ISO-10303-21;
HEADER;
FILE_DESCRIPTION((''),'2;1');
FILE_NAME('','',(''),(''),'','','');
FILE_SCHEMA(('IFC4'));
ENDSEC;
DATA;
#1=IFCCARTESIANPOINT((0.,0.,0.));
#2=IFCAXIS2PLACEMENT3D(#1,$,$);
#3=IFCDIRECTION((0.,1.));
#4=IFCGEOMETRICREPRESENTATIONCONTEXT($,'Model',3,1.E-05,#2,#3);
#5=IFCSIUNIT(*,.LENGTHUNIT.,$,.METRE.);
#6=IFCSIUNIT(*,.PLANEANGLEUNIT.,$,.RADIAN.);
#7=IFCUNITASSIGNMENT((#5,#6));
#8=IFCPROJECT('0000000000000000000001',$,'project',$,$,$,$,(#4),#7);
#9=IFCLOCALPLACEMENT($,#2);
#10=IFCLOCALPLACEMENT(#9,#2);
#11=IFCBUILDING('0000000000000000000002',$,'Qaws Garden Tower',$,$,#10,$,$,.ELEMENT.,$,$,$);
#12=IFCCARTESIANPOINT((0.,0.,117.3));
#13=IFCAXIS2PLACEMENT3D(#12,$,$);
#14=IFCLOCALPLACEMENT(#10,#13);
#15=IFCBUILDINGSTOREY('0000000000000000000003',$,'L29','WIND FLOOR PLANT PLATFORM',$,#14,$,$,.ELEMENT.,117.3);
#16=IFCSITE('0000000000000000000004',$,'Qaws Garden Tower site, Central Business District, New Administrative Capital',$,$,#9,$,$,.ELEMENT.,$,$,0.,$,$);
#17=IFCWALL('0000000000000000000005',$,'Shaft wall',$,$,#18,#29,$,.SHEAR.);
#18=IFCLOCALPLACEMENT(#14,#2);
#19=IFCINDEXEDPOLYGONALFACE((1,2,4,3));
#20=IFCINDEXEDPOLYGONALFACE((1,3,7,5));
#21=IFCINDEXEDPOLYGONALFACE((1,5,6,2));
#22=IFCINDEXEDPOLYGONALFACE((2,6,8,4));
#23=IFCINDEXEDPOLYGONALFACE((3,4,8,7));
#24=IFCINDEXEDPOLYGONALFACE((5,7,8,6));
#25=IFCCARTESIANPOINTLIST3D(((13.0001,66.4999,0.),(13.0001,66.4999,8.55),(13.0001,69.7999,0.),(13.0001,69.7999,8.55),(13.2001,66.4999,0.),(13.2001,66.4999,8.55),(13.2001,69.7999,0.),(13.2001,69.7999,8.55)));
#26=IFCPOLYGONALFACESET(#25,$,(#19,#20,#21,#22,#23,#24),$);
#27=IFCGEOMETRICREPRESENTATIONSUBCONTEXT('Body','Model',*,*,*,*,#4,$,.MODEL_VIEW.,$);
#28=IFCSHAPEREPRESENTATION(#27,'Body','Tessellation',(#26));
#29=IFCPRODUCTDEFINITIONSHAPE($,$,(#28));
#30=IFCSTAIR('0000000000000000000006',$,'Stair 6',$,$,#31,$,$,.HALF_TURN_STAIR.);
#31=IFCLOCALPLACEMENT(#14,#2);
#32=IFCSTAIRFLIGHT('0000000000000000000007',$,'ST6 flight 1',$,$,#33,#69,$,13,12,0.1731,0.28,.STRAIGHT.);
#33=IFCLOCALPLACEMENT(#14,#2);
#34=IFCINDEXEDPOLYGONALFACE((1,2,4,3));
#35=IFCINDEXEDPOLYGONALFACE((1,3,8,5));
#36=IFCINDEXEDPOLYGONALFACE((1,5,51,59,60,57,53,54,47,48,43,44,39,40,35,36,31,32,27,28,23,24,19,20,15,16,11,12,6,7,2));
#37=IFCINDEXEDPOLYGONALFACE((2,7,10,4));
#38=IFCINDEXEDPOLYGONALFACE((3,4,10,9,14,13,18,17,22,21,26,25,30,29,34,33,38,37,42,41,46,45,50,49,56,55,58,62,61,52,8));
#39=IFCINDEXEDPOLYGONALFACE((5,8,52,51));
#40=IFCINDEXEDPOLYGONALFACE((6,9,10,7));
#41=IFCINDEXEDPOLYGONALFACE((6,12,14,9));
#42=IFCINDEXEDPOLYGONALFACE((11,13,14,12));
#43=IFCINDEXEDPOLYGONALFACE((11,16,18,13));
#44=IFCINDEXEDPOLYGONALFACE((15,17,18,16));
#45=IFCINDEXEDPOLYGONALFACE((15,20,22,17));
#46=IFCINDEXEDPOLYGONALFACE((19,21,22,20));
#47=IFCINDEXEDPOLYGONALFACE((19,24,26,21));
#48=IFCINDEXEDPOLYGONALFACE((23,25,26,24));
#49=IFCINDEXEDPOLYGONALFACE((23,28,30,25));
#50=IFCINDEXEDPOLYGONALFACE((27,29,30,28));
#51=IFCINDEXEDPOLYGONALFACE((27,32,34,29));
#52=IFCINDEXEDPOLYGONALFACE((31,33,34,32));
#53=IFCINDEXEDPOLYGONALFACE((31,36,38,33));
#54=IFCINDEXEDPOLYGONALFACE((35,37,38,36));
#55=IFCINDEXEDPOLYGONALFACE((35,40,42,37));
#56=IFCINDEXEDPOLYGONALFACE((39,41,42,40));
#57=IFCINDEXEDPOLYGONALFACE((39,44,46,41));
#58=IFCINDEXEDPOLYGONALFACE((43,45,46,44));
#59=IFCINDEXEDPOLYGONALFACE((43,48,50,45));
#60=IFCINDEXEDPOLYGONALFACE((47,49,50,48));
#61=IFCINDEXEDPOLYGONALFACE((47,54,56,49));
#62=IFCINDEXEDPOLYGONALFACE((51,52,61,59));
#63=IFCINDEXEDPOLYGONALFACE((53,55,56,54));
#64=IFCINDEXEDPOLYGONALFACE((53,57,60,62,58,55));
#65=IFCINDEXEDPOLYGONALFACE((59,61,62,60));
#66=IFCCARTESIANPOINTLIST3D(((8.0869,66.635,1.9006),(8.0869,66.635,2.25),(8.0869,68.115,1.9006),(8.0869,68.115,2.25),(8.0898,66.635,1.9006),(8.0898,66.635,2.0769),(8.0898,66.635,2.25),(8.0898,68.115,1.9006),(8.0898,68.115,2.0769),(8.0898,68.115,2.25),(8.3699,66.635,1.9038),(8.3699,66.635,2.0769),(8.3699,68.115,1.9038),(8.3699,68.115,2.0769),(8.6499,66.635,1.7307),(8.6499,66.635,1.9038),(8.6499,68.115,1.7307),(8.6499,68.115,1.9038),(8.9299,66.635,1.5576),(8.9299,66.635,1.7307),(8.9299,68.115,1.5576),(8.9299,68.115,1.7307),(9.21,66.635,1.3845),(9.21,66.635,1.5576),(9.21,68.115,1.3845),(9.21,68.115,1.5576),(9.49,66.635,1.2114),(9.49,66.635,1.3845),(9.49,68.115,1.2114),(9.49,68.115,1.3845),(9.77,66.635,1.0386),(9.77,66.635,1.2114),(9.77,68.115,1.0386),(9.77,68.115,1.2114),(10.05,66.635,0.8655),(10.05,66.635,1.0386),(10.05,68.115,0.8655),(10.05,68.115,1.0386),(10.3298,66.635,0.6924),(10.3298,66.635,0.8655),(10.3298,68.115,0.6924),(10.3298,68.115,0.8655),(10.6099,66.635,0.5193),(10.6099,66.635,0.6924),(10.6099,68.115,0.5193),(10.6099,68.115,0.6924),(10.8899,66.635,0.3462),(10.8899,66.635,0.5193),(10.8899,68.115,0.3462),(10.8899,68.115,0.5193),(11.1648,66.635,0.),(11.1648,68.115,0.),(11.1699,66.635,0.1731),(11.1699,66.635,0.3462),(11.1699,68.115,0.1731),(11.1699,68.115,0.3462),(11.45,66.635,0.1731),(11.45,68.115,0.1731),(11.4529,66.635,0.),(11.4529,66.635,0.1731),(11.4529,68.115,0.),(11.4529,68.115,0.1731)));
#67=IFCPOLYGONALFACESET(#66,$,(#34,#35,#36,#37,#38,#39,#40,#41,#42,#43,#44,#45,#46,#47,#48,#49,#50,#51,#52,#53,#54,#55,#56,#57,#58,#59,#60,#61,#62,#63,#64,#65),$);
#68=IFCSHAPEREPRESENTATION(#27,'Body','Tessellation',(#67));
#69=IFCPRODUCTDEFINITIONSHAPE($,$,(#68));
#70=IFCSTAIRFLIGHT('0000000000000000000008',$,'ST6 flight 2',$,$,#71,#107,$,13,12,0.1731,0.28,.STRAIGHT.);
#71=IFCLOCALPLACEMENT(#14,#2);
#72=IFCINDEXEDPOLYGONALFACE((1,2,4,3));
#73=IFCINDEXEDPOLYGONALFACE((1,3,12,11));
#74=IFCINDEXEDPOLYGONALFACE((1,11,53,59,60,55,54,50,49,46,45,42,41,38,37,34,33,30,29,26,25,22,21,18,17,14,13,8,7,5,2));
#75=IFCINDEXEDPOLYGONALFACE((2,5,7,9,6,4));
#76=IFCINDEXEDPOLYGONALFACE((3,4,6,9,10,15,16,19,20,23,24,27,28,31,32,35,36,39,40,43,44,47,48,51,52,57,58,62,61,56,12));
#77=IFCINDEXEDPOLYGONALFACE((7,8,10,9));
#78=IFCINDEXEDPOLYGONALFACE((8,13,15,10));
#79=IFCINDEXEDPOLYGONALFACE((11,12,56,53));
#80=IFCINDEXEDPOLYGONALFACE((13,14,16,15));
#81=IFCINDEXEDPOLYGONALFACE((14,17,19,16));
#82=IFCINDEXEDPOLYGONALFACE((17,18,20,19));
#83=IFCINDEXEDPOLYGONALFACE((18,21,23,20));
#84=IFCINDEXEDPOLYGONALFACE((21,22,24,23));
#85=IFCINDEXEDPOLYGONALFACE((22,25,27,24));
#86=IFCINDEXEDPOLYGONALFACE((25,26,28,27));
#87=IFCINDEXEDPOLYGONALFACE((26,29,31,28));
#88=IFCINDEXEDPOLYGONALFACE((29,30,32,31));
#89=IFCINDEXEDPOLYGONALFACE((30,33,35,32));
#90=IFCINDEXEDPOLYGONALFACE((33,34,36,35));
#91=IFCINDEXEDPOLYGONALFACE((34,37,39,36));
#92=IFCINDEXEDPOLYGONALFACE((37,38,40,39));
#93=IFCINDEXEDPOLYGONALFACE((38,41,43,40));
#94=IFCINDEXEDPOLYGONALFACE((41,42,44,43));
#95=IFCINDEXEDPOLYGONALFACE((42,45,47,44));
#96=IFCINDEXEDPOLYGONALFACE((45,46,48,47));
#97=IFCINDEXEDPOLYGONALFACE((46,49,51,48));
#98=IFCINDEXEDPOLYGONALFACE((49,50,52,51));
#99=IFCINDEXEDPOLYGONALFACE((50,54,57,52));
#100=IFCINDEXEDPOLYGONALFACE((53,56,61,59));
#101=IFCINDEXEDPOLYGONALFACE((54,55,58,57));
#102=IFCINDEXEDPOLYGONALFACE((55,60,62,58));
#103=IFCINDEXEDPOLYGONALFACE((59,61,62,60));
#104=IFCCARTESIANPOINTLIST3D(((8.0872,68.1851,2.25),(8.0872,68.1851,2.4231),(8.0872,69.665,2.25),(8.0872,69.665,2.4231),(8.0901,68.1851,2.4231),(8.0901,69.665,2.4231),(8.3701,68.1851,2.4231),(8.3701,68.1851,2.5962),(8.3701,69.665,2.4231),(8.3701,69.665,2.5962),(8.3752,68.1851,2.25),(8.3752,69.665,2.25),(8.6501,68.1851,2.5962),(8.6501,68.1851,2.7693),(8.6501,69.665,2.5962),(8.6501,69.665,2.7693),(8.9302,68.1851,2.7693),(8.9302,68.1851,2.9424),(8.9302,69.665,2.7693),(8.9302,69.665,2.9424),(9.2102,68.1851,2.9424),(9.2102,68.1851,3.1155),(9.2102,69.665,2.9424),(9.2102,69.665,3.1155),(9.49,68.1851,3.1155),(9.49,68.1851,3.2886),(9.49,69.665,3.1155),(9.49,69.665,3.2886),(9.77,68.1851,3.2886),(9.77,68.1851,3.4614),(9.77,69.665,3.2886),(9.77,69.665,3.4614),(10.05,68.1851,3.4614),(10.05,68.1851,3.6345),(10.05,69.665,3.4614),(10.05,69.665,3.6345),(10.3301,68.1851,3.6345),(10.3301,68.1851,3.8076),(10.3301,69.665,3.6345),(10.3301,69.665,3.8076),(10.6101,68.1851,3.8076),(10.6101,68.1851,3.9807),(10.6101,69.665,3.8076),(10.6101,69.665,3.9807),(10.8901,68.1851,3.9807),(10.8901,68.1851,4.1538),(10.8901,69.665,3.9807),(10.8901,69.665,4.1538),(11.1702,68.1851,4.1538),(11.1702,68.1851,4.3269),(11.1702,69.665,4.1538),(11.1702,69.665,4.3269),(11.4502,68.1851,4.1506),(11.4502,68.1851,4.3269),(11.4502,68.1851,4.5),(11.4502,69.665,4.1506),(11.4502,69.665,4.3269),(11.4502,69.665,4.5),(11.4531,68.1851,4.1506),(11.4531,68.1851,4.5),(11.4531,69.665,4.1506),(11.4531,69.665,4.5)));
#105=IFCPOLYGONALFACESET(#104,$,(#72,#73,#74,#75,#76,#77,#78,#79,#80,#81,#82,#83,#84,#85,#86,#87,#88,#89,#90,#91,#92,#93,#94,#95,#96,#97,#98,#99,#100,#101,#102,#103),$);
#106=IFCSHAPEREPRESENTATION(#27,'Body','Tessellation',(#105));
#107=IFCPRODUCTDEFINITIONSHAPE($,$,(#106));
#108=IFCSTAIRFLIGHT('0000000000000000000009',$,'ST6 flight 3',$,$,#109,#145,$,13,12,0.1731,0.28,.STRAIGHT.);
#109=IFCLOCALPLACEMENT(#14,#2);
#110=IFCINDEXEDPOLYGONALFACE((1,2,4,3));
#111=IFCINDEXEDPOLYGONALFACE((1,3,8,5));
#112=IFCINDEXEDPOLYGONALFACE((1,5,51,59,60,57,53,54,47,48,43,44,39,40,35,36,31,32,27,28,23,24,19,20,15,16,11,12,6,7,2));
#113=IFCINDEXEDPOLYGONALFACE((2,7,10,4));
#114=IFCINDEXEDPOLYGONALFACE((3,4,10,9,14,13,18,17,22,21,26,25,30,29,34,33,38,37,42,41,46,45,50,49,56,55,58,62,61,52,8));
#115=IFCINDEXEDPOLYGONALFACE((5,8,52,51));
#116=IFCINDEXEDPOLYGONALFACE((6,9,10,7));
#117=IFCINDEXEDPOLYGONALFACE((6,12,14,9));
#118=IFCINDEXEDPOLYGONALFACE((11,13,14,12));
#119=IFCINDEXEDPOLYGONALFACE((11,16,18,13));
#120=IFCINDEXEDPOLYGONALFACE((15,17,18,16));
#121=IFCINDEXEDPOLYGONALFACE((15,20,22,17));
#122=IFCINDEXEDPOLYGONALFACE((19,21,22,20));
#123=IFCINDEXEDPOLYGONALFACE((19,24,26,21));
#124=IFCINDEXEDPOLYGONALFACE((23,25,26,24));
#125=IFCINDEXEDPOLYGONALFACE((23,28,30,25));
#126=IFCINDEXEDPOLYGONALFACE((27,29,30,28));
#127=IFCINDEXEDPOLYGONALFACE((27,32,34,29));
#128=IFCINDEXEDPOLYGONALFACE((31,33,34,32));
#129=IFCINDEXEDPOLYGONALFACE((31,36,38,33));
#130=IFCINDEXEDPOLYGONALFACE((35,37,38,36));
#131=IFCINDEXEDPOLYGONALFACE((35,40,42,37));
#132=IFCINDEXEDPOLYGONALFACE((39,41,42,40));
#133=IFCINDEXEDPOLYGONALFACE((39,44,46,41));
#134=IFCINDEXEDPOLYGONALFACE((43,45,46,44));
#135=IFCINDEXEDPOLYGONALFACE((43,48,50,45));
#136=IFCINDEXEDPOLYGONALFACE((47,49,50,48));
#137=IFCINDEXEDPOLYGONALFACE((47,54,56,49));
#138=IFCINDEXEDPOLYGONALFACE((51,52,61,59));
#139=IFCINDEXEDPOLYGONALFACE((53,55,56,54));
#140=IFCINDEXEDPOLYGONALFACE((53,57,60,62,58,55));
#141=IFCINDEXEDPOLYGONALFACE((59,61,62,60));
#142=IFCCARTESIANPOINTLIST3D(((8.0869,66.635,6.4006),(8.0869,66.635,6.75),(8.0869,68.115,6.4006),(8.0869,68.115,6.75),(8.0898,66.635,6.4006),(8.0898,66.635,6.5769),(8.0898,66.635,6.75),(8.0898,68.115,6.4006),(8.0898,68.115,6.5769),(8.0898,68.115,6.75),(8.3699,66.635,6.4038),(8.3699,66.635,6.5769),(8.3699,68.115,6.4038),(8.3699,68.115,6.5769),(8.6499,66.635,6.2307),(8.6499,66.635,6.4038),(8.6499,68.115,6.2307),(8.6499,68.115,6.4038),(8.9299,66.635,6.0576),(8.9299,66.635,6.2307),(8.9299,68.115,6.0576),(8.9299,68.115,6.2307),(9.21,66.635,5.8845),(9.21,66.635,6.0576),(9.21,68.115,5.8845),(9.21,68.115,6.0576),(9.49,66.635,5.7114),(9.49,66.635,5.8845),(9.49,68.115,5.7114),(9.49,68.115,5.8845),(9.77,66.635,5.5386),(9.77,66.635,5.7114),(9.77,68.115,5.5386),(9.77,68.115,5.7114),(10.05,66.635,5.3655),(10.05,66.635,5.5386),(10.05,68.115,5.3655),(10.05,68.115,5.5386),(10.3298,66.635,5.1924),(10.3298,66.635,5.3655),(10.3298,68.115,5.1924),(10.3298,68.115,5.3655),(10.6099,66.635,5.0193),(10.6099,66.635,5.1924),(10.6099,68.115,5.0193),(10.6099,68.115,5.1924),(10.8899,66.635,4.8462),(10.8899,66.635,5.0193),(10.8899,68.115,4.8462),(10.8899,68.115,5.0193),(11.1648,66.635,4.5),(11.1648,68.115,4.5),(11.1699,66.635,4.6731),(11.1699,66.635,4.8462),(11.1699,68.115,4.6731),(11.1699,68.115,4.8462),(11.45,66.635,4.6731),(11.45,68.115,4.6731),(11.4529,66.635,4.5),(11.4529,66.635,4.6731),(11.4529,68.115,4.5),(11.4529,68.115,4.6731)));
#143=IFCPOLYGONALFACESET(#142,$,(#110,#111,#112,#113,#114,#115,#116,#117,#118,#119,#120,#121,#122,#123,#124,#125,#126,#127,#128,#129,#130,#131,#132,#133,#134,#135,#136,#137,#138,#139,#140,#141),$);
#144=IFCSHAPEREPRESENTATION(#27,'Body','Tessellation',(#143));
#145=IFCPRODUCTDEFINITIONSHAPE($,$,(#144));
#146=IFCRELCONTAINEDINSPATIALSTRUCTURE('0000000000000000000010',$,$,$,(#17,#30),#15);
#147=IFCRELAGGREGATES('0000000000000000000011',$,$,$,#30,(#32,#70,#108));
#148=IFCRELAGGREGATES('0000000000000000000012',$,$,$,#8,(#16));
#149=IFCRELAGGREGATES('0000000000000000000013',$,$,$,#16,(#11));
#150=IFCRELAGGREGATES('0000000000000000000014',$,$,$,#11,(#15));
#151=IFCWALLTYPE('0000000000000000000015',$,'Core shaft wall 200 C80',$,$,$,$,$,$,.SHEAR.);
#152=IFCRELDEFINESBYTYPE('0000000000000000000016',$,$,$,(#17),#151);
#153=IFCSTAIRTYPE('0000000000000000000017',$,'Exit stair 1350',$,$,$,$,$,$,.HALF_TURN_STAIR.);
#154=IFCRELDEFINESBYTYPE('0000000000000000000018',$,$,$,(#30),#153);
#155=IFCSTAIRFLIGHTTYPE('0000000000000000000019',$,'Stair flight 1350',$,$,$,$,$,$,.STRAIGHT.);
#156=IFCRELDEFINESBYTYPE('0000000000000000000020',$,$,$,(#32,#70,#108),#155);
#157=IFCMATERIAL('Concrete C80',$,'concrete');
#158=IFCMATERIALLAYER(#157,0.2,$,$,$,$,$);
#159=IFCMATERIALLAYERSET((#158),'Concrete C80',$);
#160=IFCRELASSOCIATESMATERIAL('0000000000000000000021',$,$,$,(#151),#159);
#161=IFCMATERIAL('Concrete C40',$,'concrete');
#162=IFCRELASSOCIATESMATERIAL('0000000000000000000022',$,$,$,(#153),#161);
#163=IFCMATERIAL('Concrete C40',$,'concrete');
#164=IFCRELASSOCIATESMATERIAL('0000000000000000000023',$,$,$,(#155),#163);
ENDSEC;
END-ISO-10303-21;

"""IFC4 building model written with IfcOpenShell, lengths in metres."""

from ifc_helpers import new_model, si_unit, direction, frame, frame_2d, origin, place, context, subcontext, project, spatial, polyline, rectangle, outline, extrude, material, layer, layer_set, type_object, element, aggregate, save


model = new_model("IFC4")

# Units and contexts
model_context = context("Model", 3, precision=1e-05, world=origin(), true_north=direction((0.0, 1.0)))
body_context = subcontext(model_context, "Body", "Model", "MODEL_VIEW")
ifc_project = project(units=[si_unit("LENGTHUNIT", "METRE"), si_unit("PLANEANGLEUNIT", "RADIAN")], contexts=[model_context])

# Site, building, storey
site_placement = place(None, origin())
site = spatial("IfcSite", under=ifc_project, at=site_placement, Name="Qaws Garden Tower site, Central Business District, New Administrative Capital", CompositionType="ELEMENT", RefElevation=0.0)
building_placement = place(site_placement, origin())
building = spatial("IfcBuilding", under=site, at=building_placement, Name="Qaws Garden Tower", CompositionType="ELEMENT")
storey_placement = place(building_placement, frame((0.0, 0.0, 117.3)))
storey = spatial("IfcBuildingStorey", under=building, at=storey_placement, Name="L29", Description="WIND FLOOR PLANT PLATFORM", CompositionType="ELEMENT", Elevation=117.3)

# Wall
ifc_material_1 = material(Name="Concrete C80", Category="concrete")
ifc_layer = layer(ifc_material_1, 0.2)
ifc_layer_set = layer_set([ifc_layer], Name="Concrete C80")
wall_type = type_object("IfcWallType", Name="Core shaft wall 200 C80", PredefinedType="SHEAR", material=ifc_layer_set)
wall_1_placement = place(storey_placement, frame((13.1001, 66.5, 0.0), z_axis=(0.0, 0.0, 1.0), x_axis=(0.0, 1.0, 0.0)))
element("IfcWall", 1, at=wall_1_placement, inside=storey, type_object=wall_type, Name="Shaft wall", PredefinedType="SHEAR", context=body_context, shape_type="SweptSolid", body=[
    extrude(rectangle(XDim=3.3, YDim=0.2, at=frame_2d((1.6499, 0.0))), origin(), (0.0, 0.0, 1.0), 8.55),
])

# Stair, stair flights
ifc_material_2 = material(Name="Concrete C40", Category="concrete")
stair_type = type_object("IfcStairType", Name="Exit stair 1350", PredefinedType="HALF_TURN_STAIR", material=ifc_material_2)
placement_1 = place(storey_placement, origin())
stair_1 = element("IfcStair", 2, at=placement_1, inside=storey, type_object=stair_type, Name="Stair 6", PredefinedType="HALF_TURN_STAIR")
ifc_material_3 = material(Name="Concrete C40", Category="concrete")
stair_flight_type = type_object("IfcStairFlightType", Name="Stair flight 1350", PredefinedType="STRAIGHT", material=ifc_material_3)
stair_flight_1_placement = place(storey_placement, frame((11.45, 67.375, 0.0), z_axis=(0.0, 0.0, 1.0), x_axis=(-1.0, 0.0, 0.0)))
stair_flight_1 = element("IfcStairFlight", 3, at=stair_flight_1_placement, type_object=stair_flight_type, Name="ST6 flight 1", NumberOfRisers=13, NumberOfTreads=12, PredefinedType="STRAIGHT", RiserHeight=0.1731, TreadLength=0.28, context=body_context, shape_type="SweptSolid", body=[
    extrude(outline(polyline([(-0.0029, 0.0), (-0.0029, 0.1731), (0.0, 0.1731), (0.28, 0.1731), (0.28, 0.3462), (0.5601, 0.3462), (0.5601, 0.5193), (0.8401, 0.5193), (0.8401, 0.6924), (1.1201, 0.6924), (1.1201, 0.8655), (1.3999, 0.8655), (1.3999, 1.0386), (1.6799, 1.0386), (1.6799, 1.2114), (1.96, 1.2114), (1.96, 1.3845), (2.24, 1.3845), (2.24, 1.5576), (2.52, 1.5576), (2.52, 1.7307), (2.8, 1.7307), (2.8, 1.9038), (3.0801, 1.9038), (3.0801, 2.0769), (3.3601, 2.0769), (3.3601, 2.25), (3.363, 2.25), (3.363, 1.9006), (3.3601, 1.9006), (0.2852, 0.0), (-0.0029, 0.0)])), frame((0.0, 0.74, 0.0), z_axis=(0.0, -1.0, 0.0), x_axis=(1.0, 0.0, 0.0)), (0.0, 0.0, 1.0), 1.48),
])
stair_flight_2_placement = place(storey_placement, frame((8.0901, 68.925, 2.25), z_axis=(0.0, 0.0, 1.0), x_axis=(1.0, 0.0, 0.0)))
stair_flight_2 = element("IfcStairFlight", 4, at=stair_flight_2_placement, type_object=stair_flight_type, Name="ST6 flight 2", NumberOfRisers=13, NumberOfTreads=12, PredefinedType="STRAIGHT", RiserHeight=0.1731, TreadLength=0.28, context=body_context, shape_type="SweptSolid", body=[
    extrude(outline(polyline([(-0.0029, 0.0), (-0.0029, 0.1731), (0.0, 0.1731), (0.28, 0.1731), (0.28, 0.3462), (0.5601, 0.3462), (0.5601, 0.5193), (0.8401, 0.5193), (0.8401, 0.6924), (1.1201, 0.6924), (1.1201, 0.8655), (1.3999, 0.8655), (1.3999, 1.0386), (1.6799, 1.0386), (1.6799, 1.2114), (1.96, 1.2114), (1.96, 1.3845), (2.24, 1.3845), (2.24, 1.5576), (2.52, 1.5576), (2.52, 1.7307), (2.8, 1.7307), (2.8, 1.9038), (3.0801, 1.9038), (3.0801, 2.0769), (3.3601, 2.0769), (3.3601, 2.25), (3.363, 2.25), (3.363, 1.9006), (3.3601, 1.9006), (0.2852, 0.0), (-0.0029, 0.0)])), frame((0.0, 0.74, 0.0), z_axis=(0.0, -1.0, 0.0), x_axis=(1.0, 0.0, 0.0)), (0.0, 0.0, 1.0), 1.48),
])
stair_flight_3_placement = place(storey_placement, frame((11.45, 67.375, 4.5), z_axis=(0.0, 0.0, 1.0), x_axis=(-1.0, 0.0, 0.0)))
stair_flight_3 = element("IfcStairFlight", 5, at=stair_flight_3_placement, type_object=stair_flight_type, Name="ST6 flight 3", NumberOfRisers=13, NumberOfTreads=12, PredefinedType="STRAIGHT", RiserHeight=0.1731, TreadLength=0.28, context=body_context, shape_type="SweptSolid", body=[
    extrude(outline(polyline([(-0.0029, 0.0), (-0.0029, 0.1731), (0.0, 0.1731), (0.28, 0.1731), (0.28, 0.3462), (0.5601, 0.3462), (0.5601, 0.5193), (0.8401, 0.5193), (0.8401, 0.6924), (1.1201, 0.6924), (1.1201, 0.8655), (1.3999, 0.8655), (1.3999, 1.0386), (1.6799, 1.0386), (1.6799, 1.2114), (1.96, 1.2114), (1.96, 1.3845), (2.24, 1.3845), (2.24, 1.5576), (2.52, 1.5576), (2.52, 1.7307), (2.8, 1.7307), (2.8, 1.9038), (3.0801, 1.9038), (3.0801, 2.0769), (3.3601, 2.0769), (3.3601, 2.25), (3.363, 2.25), (3.363, 1.9006), (3.3601, 1.9006), (0.2852, 0.0), (-0.0029, 0.0)])), frame((0.0, 0.74, 0.0), z_axis=(0.0, -1.0, 0.0), x_axis=(1.0, 0.0, 0.0)), (0.0, 0.0, 1.0), 1.48),
])
aggregate(stair_1, [stair_flight_1, stair_flight_2, stair_flight_3])

save(model, "model.ifc")
